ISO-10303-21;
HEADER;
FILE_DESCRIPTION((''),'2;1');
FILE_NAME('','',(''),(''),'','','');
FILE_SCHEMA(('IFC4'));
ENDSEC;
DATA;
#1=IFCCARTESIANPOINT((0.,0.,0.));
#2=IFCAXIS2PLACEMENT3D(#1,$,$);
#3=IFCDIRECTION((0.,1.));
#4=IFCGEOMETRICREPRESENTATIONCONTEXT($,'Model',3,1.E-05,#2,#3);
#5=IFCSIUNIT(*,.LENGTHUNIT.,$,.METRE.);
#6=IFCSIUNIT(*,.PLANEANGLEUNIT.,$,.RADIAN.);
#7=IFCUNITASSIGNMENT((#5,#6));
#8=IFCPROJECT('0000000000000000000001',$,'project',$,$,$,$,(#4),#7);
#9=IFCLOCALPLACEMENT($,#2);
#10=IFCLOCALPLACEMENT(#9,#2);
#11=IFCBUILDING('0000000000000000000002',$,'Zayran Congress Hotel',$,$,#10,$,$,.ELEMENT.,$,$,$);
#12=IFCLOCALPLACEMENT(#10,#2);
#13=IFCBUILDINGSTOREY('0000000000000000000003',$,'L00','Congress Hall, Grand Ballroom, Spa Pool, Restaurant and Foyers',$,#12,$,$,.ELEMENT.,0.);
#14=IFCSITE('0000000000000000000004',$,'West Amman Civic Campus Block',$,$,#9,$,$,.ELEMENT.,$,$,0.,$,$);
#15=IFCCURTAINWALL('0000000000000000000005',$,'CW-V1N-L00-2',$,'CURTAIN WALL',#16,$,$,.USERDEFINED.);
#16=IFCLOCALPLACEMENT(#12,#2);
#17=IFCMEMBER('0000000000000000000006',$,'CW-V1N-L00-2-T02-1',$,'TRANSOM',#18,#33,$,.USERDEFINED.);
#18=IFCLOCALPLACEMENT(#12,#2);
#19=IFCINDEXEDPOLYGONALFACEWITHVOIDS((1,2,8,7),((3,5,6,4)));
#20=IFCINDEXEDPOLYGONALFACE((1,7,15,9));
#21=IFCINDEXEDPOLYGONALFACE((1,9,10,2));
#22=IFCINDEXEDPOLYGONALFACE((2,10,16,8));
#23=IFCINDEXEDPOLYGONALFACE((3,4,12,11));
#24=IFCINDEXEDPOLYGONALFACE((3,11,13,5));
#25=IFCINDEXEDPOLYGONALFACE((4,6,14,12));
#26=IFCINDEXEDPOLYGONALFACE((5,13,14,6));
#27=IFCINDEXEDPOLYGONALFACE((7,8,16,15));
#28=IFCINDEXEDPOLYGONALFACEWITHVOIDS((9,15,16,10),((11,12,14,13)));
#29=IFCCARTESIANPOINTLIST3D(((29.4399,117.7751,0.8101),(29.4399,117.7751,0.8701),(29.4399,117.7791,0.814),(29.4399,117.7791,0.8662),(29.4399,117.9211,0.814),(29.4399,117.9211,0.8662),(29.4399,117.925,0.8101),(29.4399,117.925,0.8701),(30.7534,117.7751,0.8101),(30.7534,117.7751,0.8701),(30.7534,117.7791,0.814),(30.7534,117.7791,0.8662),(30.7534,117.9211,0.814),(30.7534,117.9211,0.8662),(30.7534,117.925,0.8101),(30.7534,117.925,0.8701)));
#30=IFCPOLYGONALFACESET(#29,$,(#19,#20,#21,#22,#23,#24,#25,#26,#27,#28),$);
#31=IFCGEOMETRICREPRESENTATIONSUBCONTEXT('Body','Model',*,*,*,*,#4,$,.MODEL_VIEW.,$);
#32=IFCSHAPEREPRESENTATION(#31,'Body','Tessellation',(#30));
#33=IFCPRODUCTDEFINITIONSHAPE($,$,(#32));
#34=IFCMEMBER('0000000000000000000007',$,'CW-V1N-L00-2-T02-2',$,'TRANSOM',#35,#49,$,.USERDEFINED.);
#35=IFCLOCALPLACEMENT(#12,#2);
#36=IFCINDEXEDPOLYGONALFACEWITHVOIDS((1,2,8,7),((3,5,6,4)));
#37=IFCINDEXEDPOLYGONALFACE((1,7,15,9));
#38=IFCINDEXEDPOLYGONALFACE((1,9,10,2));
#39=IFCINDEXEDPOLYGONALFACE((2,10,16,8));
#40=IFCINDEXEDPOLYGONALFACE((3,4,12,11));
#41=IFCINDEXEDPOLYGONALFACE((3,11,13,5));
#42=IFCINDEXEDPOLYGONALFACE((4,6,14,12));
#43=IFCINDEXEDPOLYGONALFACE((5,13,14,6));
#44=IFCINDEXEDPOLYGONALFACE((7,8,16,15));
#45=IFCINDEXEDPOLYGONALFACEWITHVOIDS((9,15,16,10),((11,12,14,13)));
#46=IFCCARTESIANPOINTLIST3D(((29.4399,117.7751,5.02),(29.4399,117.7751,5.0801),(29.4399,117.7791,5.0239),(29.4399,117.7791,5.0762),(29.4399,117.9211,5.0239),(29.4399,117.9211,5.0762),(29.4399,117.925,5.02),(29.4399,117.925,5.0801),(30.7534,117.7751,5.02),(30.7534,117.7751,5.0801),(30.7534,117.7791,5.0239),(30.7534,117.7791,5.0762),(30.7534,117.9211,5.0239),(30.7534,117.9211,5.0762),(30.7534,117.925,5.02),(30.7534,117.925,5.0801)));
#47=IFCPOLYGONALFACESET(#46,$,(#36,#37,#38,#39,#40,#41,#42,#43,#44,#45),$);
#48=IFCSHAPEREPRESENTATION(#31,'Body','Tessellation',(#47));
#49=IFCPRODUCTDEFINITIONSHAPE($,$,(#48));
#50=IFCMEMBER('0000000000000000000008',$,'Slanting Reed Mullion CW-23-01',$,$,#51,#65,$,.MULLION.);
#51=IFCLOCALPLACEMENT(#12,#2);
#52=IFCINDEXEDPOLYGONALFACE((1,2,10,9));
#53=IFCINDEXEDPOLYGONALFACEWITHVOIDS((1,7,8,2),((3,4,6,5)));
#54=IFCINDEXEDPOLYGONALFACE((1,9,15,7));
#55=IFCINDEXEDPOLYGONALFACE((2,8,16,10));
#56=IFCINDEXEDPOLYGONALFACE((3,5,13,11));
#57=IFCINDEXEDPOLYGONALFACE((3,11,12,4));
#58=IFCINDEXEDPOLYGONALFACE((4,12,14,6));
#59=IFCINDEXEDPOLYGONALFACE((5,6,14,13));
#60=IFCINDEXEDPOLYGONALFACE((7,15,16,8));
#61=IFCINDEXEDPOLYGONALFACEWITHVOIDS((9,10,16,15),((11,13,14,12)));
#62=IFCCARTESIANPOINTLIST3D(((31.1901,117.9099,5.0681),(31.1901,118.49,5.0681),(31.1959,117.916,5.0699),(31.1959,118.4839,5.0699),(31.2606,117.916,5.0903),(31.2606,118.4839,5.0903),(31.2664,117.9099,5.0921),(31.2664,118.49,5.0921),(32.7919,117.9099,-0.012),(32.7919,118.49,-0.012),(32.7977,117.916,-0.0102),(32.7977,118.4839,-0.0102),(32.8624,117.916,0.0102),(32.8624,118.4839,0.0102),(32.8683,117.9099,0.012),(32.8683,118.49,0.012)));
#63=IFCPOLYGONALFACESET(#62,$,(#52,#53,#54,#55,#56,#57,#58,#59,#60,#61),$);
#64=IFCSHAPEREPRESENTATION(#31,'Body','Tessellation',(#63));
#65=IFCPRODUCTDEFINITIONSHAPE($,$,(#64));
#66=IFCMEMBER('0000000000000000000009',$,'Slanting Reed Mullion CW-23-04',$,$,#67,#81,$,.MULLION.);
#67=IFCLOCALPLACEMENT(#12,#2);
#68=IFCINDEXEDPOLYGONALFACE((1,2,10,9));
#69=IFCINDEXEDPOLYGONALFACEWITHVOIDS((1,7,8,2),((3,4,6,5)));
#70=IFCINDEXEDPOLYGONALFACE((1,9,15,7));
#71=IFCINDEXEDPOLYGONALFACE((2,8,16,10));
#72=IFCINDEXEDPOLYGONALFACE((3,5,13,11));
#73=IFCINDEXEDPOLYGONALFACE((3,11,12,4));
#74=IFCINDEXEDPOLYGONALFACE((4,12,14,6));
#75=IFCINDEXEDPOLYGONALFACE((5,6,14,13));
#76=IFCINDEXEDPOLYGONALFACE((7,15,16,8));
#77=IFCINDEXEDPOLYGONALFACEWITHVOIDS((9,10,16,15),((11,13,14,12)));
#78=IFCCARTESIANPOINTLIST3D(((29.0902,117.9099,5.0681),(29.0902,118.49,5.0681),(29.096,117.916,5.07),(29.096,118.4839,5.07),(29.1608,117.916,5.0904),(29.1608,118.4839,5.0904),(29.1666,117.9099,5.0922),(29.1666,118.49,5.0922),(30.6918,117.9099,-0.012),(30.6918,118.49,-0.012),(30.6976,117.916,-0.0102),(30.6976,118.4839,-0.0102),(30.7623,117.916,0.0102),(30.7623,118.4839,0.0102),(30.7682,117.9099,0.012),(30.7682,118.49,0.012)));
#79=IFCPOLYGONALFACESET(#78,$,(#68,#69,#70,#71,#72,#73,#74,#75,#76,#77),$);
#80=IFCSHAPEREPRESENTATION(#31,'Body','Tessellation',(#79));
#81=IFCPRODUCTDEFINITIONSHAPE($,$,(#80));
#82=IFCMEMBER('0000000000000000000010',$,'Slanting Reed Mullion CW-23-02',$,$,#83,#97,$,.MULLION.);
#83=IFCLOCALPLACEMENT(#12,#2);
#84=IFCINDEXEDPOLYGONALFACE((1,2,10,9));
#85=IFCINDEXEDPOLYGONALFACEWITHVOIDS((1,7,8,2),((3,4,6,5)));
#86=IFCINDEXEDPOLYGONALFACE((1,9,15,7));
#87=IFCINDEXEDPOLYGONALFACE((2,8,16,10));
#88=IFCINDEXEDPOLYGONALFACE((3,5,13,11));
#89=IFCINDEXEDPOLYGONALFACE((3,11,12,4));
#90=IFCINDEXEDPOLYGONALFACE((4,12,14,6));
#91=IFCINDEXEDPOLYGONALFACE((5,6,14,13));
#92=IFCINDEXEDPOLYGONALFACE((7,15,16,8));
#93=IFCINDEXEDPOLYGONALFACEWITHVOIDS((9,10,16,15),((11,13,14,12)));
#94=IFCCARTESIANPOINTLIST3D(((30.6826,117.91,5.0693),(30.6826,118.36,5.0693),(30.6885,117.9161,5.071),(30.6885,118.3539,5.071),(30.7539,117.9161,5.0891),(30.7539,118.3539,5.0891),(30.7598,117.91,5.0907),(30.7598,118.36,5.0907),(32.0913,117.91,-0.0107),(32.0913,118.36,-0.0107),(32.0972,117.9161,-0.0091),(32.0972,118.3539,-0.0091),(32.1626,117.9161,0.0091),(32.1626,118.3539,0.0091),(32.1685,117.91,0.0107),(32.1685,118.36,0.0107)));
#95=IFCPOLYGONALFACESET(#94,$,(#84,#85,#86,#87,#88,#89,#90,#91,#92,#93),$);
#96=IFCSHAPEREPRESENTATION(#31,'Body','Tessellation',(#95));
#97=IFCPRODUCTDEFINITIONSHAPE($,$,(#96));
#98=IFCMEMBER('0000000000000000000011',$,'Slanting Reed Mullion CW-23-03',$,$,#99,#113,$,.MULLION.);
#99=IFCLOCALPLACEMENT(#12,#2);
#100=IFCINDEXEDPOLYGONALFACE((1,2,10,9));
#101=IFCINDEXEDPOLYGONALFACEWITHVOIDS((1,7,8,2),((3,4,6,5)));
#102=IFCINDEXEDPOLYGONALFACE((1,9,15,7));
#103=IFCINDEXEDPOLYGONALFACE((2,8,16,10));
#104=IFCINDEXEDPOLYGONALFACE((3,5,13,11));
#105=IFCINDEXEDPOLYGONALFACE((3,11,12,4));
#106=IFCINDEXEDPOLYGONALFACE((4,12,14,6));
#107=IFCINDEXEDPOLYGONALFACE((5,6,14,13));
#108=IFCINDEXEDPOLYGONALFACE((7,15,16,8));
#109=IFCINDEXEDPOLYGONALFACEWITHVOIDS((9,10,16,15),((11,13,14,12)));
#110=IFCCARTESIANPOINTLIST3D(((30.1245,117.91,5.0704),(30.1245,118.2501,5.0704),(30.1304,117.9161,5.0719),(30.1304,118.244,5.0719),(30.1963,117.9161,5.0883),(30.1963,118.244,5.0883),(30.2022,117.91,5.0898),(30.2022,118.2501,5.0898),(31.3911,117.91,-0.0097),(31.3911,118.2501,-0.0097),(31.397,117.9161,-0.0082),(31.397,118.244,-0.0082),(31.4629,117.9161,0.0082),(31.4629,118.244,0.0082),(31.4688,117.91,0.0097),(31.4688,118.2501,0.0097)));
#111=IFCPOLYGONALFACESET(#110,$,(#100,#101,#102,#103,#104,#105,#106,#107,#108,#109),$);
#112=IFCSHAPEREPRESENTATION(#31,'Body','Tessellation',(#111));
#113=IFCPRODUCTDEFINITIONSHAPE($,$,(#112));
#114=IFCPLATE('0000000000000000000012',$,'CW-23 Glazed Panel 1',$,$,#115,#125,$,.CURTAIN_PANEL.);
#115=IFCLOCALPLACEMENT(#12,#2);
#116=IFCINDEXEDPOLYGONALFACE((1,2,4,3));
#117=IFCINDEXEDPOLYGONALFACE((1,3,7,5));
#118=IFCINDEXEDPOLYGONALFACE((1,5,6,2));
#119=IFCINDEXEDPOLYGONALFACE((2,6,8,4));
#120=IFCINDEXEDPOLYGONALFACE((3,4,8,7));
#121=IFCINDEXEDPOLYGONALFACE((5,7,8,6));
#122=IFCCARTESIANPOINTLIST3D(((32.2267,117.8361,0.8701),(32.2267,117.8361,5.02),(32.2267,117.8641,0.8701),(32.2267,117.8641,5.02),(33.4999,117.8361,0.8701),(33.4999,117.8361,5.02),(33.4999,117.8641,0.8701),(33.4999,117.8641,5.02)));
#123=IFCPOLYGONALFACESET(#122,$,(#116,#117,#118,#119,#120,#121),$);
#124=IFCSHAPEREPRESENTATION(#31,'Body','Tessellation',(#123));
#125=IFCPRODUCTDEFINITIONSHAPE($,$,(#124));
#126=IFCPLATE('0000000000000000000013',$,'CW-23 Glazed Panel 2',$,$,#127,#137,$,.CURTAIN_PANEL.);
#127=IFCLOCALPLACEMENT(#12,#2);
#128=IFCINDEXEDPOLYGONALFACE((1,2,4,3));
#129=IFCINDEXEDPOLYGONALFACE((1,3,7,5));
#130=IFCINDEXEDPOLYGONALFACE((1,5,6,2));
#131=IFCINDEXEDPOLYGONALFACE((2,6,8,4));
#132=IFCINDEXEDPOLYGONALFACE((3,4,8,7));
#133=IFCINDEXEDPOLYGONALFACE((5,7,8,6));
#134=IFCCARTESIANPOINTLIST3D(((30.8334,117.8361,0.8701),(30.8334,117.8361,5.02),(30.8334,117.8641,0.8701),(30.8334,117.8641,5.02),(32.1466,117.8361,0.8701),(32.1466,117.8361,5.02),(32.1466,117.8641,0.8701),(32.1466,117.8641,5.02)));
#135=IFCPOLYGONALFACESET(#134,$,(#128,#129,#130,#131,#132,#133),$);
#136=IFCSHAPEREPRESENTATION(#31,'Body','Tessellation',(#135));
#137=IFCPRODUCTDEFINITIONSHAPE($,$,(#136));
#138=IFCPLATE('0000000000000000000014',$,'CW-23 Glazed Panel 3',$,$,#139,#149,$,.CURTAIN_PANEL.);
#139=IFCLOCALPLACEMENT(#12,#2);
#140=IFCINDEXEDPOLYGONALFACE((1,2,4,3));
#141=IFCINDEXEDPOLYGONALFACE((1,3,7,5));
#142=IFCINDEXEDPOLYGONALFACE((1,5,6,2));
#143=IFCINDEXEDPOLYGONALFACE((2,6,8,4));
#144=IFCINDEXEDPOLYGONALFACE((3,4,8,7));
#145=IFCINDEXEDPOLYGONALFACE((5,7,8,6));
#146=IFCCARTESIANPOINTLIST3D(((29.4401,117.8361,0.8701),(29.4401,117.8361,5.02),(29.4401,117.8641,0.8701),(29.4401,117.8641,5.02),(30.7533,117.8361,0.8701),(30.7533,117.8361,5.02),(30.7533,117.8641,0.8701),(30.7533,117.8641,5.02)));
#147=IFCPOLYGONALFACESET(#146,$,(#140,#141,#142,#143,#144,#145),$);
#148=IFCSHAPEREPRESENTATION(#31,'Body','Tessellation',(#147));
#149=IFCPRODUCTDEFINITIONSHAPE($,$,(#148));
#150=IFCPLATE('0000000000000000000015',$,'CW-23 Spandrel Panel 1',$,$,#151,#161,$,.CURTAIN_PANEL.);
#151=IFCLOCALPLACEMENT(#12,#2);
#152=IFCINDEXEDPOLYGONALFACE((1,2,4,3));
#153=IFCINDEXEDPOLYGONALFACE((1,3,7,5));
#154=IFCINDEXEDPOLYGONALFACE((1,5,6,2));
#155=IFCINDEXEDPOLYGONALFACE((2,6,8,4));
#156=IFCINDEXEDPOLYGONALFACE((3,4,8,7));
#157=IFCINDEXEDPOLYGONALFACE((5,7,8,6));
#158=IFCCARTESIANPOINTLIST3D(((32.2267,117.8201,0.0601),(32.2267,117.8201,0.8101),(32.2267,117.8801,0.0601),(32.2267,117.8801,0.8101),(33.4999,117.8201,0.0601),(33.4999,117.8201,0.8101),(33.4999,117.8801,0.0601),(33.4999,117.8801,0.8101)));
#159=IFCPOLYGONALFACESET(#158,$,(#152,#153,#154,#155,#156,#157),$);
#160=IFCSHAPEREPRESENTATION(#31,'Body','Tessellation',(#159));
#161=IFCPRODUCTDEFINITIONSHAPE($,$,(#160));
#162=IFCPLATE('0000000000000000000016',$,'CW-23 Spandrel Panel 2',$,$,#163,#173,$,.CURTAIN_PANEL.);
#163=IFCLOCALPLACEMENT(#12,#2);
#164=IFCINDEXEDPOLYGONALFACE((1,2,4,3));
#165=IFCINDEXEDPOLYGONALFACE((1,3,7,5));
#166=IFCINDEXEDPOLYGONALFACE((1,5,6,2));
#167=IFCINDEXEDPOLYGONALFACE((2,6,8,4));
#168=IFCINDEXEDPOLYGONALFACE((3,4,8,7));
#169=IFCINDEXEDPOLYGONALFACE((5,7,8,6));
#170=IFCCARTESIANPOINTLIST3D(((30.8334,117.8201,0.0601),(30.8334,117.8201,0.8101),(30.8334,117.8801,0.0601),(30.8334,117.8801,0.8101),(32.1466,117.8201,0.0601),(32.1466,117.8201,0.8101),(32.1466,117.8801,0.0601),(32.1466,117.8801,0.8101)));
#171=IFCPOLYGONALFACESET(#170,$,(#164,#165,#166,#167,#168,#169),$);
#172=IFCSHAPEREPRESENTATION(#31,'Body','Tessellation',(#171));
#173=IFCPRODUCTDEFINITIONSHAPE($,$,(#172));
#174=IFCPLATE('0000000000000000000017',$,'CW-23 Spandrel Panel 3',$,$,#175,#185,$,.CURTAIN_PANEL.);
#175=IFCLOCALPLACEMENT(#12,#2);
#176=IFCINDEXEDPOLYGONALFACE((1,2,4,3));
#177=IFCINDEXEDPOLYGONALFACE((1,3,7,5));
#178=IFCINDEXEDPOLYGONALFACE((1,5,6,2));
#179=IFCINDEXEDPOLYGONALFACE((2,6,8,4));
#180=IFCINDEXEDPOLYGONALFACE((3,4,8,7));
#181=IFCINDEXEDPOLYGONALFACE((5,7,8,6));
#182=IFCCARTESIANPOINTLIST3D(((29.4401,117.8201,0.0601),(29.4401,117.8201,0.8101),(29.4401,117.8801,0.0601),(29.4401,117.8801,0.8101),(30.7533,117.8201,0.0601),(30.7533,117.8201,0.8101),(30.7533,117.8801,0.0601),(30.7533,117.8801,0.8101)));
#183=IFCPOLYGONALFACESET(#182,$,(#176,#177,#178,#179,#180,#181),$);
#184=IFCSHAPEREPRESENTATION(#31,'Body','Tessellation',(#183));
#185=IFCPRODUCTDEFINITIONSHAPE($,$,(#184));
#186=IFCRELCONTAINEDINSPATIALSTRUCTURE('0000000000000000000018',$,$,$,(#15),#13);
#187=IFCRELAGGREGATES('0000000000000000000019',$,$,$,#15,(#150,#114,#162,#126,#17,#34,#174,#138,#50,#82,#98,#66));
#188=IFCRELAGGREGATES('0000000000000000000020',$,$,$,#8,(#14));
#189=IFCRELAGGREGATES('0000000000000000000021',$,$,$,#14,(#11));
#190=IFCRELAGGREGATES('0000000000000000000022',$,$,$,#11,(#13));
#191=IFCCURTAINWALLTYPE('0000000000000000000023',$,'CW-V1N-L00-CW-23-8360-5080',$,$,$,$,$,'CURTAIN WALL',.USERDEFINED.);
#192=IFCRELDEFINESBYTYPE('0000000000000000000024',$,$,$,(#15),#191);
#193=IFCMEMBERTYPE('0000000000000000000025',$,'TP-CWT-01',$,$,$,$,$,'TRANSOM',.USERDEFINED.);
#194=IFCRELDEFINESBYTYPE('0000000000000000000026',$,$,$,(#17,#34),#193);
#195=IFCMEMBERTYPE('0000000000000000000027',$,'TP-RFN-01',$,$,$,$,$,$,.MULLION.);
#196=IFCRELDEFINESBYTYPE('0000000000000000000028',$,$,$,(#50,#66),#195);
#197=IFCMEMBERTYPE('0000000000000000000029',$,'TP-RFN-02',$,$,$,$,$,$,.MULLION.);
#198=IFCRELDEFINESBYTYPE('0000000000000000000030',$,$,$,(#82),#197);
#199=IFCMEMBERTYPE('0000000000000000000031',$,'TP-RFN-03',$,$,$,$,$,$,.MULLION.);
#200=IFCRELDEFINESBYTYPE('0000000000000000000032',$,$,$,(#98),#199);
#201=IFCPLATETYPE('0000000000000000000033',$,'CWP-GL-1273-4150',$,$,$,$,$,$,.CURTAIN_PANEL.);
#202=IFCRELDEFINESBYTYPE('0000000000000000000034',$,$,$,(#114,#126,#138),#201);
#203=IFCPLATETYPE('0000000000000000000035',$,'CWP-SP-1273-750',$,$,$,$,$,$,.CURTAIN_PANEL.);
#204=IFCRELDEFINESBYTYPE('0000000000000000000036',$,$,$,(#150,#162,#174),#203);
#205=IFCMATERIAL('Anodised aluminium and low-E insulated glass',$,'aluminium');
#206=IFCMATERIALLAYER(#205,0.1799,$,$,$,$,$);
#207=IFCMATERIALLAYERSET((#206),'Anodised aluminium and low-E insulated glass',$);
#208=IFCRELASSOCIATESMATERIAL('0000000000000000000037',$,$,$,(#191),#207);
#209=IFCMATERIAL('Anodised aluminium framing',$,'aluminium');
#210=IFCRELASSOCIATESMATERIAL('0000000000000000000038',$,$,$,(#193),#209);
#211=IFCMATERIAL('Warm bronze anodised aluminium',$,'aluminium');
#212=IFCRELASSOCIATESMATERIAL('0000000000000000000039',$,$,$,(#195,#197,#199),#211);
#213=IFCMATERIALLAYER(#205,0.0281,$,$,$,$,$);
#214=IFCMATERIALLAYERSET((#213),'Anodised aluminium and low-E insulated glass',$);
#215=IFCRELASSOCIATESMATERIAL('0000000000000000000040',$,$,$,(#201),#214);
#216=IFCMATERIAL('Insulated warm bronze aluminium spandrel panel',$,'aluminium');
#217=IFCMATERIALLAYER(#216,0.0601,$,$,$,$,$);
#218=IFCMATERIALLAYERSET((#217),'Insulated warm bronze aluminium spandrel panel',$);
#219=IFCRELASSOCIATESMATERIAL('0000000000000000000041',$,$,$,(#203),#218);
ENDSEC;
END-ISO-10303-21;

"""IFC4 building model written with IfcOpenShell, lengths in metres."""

from ifc_helpers import new_model, si_unit, direction, frame, origin, origin_2d, place, context, subcontext, project, spatial, rectangle, hollow_rectangle, extrude, material, layer, layer_set, material_profile, profile_set, type_object, element, aggregate, save


model = new_model("IFC4")

# Units and contexts
model_context = context("Model", 3, precision=1e-05, world=origin(), true_north=direction((0.0, 1.0)))
body_context = subcontext(model_context, "Body", "Model", "MODEL_VIEW")
ifc_project = project(units=[si_unit("LENGTHUNIT", "METRE"), si_unit("PLANEANGLEUNIT", "RADIAN")], contexts=[model_context])

# Site, building, storey
site_placement = place(None, origin())
site = spatial("IfcSite", under=ifc_project, at=site_placement, Name="West Amman Civic Campus Block", CompositionType="ELEMENT", RefElevation=0.0)
building_placement = place(site_placement, origin())
building = spatial("IfcBuilding", under=site, at=building_placement, Name="Zayran Congress Hotel", CompositionType="ELEMENT")
storey_placement = place(building_placement, origin())
storey = spatial("IfcBuildingStorey", under=building, at=storey_placement, Name="L00", Description="Congress Hall, Grand Ballroom, Spa Pool, Restaurant and Foyers", CompositionType="ELEMENT", Elevation=0.0)

# Curtain wall
ifc_material_1 = material(Name="Anodised aluminium and low-E insulated glass", Category="aluminium")
ifc_layer_1 = layer(ifc_material_1, 0.1799)
ifc_layer_set_1 = layer_set([ifc_layer_1], Name="Anodised aluminium and low-E insulated glass")
curtain_wall_type_1 = type_object("IfcCurtainWallType", Name="CW-V1N-L00-CW-23-8360-5080", ElementType="CURTAIN WALL", PredefinedType="USERDEFINED", material=ifc_layer_set_1)
curtain_wall_1_placement = place(storey_placement, origin())
curtain_wall_1 = element("IfcCurtainWall", 1, at=curtain_wall_1_placement, inside=storey, type_object=curtain_wall_type_1, Name="CW-V1N-L00-2", ObjectType="CURTAIN WALL", PredefinedType="USERDEFINED")
ifc_material_2 = material(Name="Anodised aluminium framing", Category="aluminium")

# Members
ifc_material_profile_1 = material_profile(ifc_material_2, hollow_rectangle(XDim=0.0601, YDim=0.1499, WallThickness=0.0039, at=origin_2d()), Name="RHS 150x60x4")
ifc_profile_set_1 = profile_set([ifc_material_profile_1], Name="Anodised aluminium framing")
member_type_1 = type_object("IfcMemberType", Name="TP-CWT-01", ElementType="TRANSOM", PredefinedType="USERDEFINED", material=ifc_profile_set_1)
member_1_placement = place(storey_placement, frame((30.7534, 117.8501, 0.8401), z_axis=(-1.0, 0.0, 0.0), x_axis=(0.0, 0.0, 1.0)))
member_1 = element("IfcMember", 2, at=member_1_placement, type_object=member_type_1, Name="CW-V1N-L00-2-T02-1", ObjectType="TRANSOM", PredefinedType="USERDEFINED", context=body_context, shape_type="SweptSolid", body=[
    extrude(hollow_rectangle(XDim=0.0601, YDim=0.1499, WallThickness=0.0039, at=origin_2d()), origin(), (0.0, 0.0, 1.0), 1.3135),
])
member_2_placement = place(storey_placement, frame((30.7534, 117.8501, 5.05), z_axis=(-1.0, 0.0, 0.0), x_axis=(0.0, 0.0, 1.0)))
member_2 = element("IfcMember", 3, at=member_2_placement, type_object=member_type_1, Name="CW-V1N-L00-2-T02-2", ObjectType="TRANSOM", PredefinedType="USERDEFINED", context=body_context, shape_type="SweptSolid", body=[
    extrude(hollow_rectangle(XDim=0.0601, YDim=0.1499, WallThickness=0.0039, at=origin_2d()), origin(), (0.0, 0.0, 1.0), 1.3135),
])
ifc_material_3 = material(Name="Warm bronze anodised aluminium", Category="aluminium")
ifc_material_profile_2 = material_profile(ifc_material_3, hollow_rectangle(XDim=0.0801, YDim=0.5801, WallThickness=0.0061, at=origin_2d()), Name="RHS 580x80x6")
ifc_profile_set_2 = profile_set([ifc_material_profile_2], Name="Warm bronze anodised aluminium")
member_type_2 = type_object("IfcMemberType", Name="TP-RFN-01", PredefinedType="MULLION", material=ifc_profile_set_2)
member_3_placement = place(storey_placement, frame((32.8301, 118.2, 0.0), z_axis=(-0.300717, 0.0, 0.953713), x_axis=(0.953713, 0.0, 0.300717)))
member_3 = element("IfcMember", 4, at=member_3_placement, type_object=member_type_2, Name="Slanting Reed Mullion CW-23-01", PredefinedType="MULLION", context=body_context, shape_type="SweptSolid", body=[
    extrude(hollow_rectangle(XDim=0.0801, YDim=0.5801, WallThickness=0.0061, at=origin_2d()), origin(), (0.0, 0.0, 1.0), 5.3267),
])
member_4_placement = place(storey_placement, frame((30.73, 118.2, 0.0), z_axis=(-0.300675, 0.0, 0.953727), x_axis=(0.953727, 0.0, 0.300675)))
member_4 = element("IfcMember", 5, at=member_4_placement, type_object=member_type_2, Name="Slanting Reed Mullion CW-23-04", PredefinedType="MULLION", context=body_context, shape_type="SweptSolid", body=[
    extrude(hollow_rectangle(XDim=0.0801, YDim=0.5801, WallThickness=0.0061, at=origin_2d()), origin(), (0.0, 0.0, 1.0), 5.3267),
])
ifc_material_profile_3 = material_profile(ifc_material_3, hollow_rectangle(XDim=0.0801, YDim=0.45, WallThickness=0.0061, at=origin_2d()), Name="RHS 450x80x6")
ifc_profile_set_3 = profile_set([ifc_material_profile_3], Name="Warm bronze anodised aluminium")
member_type_3 = type_object("IfcMemberType", Name="TP-RFN-02", PredefinedType="MULLION", material=ifc_profile_set_3)
member_5_placement = place(storey_placement, frame((32.1299, 118.135, 0.0), z_axis=(-0.267214, 0.0, 0.963637), x_axis=(0.963637, 0.0, 0.267214)))
member_5 = element("IfcMember", 6, at=member_5_placement, type_object=member_type_3, Name="Slanting Reed Mullion CW-23-02", PredefinedType="MULLION", context=body_context, shape_type="SweptSolid", body=[
    extrude(hollow_rectangle(XDim=0.0801, YDim=0.45, WallThickness=0.0061, at=origin_2d()), origin(), (0.0, 0.0, 1.0), 5.2717),
])
ifc_material_profile_4 = material_profile(ifc_material_3, hollow_rectangle(XDim=0.0801, YDim=0.3401, WallThickness=0.0061, at=origin_2d()), Name="RHS 340x80x6")
ifc_profile_set_4 = profile_set([ifc_material_profile_4], Name="Warm bronze anodised aluminium")
member_type_4 = type_object("IfcMemberType", Name="TP-RFN-03", PredefinedType="MULLION", material=ifc_profile_set_4)
member_6_placement = place(storey_placement, frame((31.4299, 118.0801, 0.0), z_axis=(-0.241921, 0.0, 0.970296), x_axis=(0.970296, 0.0, 0.241921)))
member_6 = element("IfcMember", 7, at=member_6_placement, type_object=member_type_4, Name="Slanting Reed Mullion CW-23-03", PredefinedType="MULLION", context=body_context, shape_type="SweptSolid", body=[
    extrude(hollow_rectangle(XDim=0.0801, YDim=0.3401, WallThickness=0.0061, at=origin_2d()), origin(), (0.0, 0.0, 1.0), 5.2356),
])

# Plates
ifc_layer_2 = layer(ifc_material_1, 0.0281)
ifc_layer_set_2 = layer_set([ifc_layer_2], Name="Anodised aluminium and low-E insulated glass")
plate_type_1 = type_object("IfcPlateType", Name="CWP-GL-1273-4150", PredefinedType="CURTAIN_PANEL", material=ifc_layer_set_2)
plate_1_placement = place(storey_placement, frame((32.8633, 117.8501, 0.8701), z_axis=(0.0, 0.0, 1.0), x_axis=(1.0, 0.0, 0.0)))
plate_1 = element("IfcPlate", 8, at=plate_1_placement, type_object=plate_type_1, Name="CW-23 Glazed Panel 1", PredefinedType="CURTAIN_PANEL", context=body_context, shape_type="SweptSolid", body=[
    extrude(rectangle(XDim=1.2732, YDim=0.0281, at=origin_2d()), origin(), (0.0, 0.0, 1.0), 4.1499),
])
plate_2_placement = place(storey_placement, frame((31.49, 117.8501, 0.8701), z_axis=(0.0, 0.0, 1.0), x_axis=(1.0, 0.0, 0.0)))
plate_2 = element("IfcPlate", 9, at=plate_2_placement, type_object=plate_type_1, Name="CW-23 Glazed Panel 2", PredefinedType="CURTAIN_PANEL", context=body_context, shape_type="SweptSolid", body=[
    extrude(rectangle(XDim=1.3132, YDim=0.0281, at=origin_2d()), origin(), (0.0, 0.0, 1.0), 4.1499),
])
plate_3_placement = place(storey_placement, frame((30.0967, 117.8501, 0.8701), z_axis=(0.0, 0.0, 1.0), x_axis=(1.0, 0.0, 0.0)))
plate_3 = element("IfcPlate", 10, at=plate_3_placement, type_object=plate_type_1, Name="CW-23 Glazed Panel 3", PredefinedType="CURTAIN_PANEL", context=body_context, shape_type="SweptSolid", body=[
    extrude(rectangle(XDim=1.3132, YDim=0.0281, at=origin_2d()), origin(), (0.0, 0.0, 1.0), 4.1499),
])
ifc_material_4 = material(Name="Insulated warm bronze aluminium spandrel panel", Category="aluminium")
ifc_layer_3 = layer(ifc_material_4, 0.0601)
ifc_layer_set_3 = layer_set([ifc_layer_3], Name="Insulated warm bronze aluminium spandrel panel")
plate_type_2 = type_object("IfcPlateType", Name="CWP-SP-1273-750", PredefinedType="CURTAIN_PANEL", material=ifc_layer_set_3)
plate_4_placement = place(storey_placement, frame((32.8633, 117.8501, 0.0601), z_axis=(0.0, 0.0, 1.0), x_axis=(1.0, 0.0, 0.0)))
plate_4 = element("IfcPlate", 11, at=plate_4_placement, type_object=plate_type_2, Name="CW-23 Spandrel Panel 1", PredefinedType="CURTAIN_PANEL", context=body_context, shape_type="SweptSolid", body=[
    extrude(rectangle(XDim=1.2732, YDim=0.0601, at=origin_2d()), origin(), (0.0, 0.0, 1.0), 0.75),
])
plate_5_placement = place(storey_placement, frame((31.49, 117.8501, 0.0601), z_axis=(0.0, 0.0, 1.0), x_axis=(1.0, 0.0, 0.0)))
plate_5 = element("IfcPlate", 12, at=plate_5_placement, type_object=plate_type_2, Name="CW-23 Spandrel Panel 2", PredefinedType="CURTAIN_PANEL", context=body_context, shape_type="SweptSolid", body=[
    extrude(rectangle(XDim=1.3132, YDim=0.0601, at=origin_2d()), origin(), (0.0, 0.0, 1.0), 0.75),
])
plate_6_placement = place(storey_placement, frame((30.0967, 117.8501, 0.0601), z_axis=(0.0, 0.0, 1.0), x_axis=(1.0, 0.0, 0.0)))
plate_6 = element("IfcPlate", 13, at=plate_6_placement, type_object=plate_type_2, Name="CW-23 Spandrel Panel 3", PredefinedType="CURTAIN_PANEL", context=body_context, shape_type="SweptSolid", body=[
    extrude(rectangle(XDim=1.3132, YDim=0.0601, at=origin_2d()), origin(), (0.0, 0.0, 1.0), 0.75),
])
aggregate(curtain_wall_1, [plate_4, plate_1, plate_5, plate_2, member_1, member_2, plate_6, plate_3, member_3, member_5, member_6, member_4])

save(model, "model.ifc")
